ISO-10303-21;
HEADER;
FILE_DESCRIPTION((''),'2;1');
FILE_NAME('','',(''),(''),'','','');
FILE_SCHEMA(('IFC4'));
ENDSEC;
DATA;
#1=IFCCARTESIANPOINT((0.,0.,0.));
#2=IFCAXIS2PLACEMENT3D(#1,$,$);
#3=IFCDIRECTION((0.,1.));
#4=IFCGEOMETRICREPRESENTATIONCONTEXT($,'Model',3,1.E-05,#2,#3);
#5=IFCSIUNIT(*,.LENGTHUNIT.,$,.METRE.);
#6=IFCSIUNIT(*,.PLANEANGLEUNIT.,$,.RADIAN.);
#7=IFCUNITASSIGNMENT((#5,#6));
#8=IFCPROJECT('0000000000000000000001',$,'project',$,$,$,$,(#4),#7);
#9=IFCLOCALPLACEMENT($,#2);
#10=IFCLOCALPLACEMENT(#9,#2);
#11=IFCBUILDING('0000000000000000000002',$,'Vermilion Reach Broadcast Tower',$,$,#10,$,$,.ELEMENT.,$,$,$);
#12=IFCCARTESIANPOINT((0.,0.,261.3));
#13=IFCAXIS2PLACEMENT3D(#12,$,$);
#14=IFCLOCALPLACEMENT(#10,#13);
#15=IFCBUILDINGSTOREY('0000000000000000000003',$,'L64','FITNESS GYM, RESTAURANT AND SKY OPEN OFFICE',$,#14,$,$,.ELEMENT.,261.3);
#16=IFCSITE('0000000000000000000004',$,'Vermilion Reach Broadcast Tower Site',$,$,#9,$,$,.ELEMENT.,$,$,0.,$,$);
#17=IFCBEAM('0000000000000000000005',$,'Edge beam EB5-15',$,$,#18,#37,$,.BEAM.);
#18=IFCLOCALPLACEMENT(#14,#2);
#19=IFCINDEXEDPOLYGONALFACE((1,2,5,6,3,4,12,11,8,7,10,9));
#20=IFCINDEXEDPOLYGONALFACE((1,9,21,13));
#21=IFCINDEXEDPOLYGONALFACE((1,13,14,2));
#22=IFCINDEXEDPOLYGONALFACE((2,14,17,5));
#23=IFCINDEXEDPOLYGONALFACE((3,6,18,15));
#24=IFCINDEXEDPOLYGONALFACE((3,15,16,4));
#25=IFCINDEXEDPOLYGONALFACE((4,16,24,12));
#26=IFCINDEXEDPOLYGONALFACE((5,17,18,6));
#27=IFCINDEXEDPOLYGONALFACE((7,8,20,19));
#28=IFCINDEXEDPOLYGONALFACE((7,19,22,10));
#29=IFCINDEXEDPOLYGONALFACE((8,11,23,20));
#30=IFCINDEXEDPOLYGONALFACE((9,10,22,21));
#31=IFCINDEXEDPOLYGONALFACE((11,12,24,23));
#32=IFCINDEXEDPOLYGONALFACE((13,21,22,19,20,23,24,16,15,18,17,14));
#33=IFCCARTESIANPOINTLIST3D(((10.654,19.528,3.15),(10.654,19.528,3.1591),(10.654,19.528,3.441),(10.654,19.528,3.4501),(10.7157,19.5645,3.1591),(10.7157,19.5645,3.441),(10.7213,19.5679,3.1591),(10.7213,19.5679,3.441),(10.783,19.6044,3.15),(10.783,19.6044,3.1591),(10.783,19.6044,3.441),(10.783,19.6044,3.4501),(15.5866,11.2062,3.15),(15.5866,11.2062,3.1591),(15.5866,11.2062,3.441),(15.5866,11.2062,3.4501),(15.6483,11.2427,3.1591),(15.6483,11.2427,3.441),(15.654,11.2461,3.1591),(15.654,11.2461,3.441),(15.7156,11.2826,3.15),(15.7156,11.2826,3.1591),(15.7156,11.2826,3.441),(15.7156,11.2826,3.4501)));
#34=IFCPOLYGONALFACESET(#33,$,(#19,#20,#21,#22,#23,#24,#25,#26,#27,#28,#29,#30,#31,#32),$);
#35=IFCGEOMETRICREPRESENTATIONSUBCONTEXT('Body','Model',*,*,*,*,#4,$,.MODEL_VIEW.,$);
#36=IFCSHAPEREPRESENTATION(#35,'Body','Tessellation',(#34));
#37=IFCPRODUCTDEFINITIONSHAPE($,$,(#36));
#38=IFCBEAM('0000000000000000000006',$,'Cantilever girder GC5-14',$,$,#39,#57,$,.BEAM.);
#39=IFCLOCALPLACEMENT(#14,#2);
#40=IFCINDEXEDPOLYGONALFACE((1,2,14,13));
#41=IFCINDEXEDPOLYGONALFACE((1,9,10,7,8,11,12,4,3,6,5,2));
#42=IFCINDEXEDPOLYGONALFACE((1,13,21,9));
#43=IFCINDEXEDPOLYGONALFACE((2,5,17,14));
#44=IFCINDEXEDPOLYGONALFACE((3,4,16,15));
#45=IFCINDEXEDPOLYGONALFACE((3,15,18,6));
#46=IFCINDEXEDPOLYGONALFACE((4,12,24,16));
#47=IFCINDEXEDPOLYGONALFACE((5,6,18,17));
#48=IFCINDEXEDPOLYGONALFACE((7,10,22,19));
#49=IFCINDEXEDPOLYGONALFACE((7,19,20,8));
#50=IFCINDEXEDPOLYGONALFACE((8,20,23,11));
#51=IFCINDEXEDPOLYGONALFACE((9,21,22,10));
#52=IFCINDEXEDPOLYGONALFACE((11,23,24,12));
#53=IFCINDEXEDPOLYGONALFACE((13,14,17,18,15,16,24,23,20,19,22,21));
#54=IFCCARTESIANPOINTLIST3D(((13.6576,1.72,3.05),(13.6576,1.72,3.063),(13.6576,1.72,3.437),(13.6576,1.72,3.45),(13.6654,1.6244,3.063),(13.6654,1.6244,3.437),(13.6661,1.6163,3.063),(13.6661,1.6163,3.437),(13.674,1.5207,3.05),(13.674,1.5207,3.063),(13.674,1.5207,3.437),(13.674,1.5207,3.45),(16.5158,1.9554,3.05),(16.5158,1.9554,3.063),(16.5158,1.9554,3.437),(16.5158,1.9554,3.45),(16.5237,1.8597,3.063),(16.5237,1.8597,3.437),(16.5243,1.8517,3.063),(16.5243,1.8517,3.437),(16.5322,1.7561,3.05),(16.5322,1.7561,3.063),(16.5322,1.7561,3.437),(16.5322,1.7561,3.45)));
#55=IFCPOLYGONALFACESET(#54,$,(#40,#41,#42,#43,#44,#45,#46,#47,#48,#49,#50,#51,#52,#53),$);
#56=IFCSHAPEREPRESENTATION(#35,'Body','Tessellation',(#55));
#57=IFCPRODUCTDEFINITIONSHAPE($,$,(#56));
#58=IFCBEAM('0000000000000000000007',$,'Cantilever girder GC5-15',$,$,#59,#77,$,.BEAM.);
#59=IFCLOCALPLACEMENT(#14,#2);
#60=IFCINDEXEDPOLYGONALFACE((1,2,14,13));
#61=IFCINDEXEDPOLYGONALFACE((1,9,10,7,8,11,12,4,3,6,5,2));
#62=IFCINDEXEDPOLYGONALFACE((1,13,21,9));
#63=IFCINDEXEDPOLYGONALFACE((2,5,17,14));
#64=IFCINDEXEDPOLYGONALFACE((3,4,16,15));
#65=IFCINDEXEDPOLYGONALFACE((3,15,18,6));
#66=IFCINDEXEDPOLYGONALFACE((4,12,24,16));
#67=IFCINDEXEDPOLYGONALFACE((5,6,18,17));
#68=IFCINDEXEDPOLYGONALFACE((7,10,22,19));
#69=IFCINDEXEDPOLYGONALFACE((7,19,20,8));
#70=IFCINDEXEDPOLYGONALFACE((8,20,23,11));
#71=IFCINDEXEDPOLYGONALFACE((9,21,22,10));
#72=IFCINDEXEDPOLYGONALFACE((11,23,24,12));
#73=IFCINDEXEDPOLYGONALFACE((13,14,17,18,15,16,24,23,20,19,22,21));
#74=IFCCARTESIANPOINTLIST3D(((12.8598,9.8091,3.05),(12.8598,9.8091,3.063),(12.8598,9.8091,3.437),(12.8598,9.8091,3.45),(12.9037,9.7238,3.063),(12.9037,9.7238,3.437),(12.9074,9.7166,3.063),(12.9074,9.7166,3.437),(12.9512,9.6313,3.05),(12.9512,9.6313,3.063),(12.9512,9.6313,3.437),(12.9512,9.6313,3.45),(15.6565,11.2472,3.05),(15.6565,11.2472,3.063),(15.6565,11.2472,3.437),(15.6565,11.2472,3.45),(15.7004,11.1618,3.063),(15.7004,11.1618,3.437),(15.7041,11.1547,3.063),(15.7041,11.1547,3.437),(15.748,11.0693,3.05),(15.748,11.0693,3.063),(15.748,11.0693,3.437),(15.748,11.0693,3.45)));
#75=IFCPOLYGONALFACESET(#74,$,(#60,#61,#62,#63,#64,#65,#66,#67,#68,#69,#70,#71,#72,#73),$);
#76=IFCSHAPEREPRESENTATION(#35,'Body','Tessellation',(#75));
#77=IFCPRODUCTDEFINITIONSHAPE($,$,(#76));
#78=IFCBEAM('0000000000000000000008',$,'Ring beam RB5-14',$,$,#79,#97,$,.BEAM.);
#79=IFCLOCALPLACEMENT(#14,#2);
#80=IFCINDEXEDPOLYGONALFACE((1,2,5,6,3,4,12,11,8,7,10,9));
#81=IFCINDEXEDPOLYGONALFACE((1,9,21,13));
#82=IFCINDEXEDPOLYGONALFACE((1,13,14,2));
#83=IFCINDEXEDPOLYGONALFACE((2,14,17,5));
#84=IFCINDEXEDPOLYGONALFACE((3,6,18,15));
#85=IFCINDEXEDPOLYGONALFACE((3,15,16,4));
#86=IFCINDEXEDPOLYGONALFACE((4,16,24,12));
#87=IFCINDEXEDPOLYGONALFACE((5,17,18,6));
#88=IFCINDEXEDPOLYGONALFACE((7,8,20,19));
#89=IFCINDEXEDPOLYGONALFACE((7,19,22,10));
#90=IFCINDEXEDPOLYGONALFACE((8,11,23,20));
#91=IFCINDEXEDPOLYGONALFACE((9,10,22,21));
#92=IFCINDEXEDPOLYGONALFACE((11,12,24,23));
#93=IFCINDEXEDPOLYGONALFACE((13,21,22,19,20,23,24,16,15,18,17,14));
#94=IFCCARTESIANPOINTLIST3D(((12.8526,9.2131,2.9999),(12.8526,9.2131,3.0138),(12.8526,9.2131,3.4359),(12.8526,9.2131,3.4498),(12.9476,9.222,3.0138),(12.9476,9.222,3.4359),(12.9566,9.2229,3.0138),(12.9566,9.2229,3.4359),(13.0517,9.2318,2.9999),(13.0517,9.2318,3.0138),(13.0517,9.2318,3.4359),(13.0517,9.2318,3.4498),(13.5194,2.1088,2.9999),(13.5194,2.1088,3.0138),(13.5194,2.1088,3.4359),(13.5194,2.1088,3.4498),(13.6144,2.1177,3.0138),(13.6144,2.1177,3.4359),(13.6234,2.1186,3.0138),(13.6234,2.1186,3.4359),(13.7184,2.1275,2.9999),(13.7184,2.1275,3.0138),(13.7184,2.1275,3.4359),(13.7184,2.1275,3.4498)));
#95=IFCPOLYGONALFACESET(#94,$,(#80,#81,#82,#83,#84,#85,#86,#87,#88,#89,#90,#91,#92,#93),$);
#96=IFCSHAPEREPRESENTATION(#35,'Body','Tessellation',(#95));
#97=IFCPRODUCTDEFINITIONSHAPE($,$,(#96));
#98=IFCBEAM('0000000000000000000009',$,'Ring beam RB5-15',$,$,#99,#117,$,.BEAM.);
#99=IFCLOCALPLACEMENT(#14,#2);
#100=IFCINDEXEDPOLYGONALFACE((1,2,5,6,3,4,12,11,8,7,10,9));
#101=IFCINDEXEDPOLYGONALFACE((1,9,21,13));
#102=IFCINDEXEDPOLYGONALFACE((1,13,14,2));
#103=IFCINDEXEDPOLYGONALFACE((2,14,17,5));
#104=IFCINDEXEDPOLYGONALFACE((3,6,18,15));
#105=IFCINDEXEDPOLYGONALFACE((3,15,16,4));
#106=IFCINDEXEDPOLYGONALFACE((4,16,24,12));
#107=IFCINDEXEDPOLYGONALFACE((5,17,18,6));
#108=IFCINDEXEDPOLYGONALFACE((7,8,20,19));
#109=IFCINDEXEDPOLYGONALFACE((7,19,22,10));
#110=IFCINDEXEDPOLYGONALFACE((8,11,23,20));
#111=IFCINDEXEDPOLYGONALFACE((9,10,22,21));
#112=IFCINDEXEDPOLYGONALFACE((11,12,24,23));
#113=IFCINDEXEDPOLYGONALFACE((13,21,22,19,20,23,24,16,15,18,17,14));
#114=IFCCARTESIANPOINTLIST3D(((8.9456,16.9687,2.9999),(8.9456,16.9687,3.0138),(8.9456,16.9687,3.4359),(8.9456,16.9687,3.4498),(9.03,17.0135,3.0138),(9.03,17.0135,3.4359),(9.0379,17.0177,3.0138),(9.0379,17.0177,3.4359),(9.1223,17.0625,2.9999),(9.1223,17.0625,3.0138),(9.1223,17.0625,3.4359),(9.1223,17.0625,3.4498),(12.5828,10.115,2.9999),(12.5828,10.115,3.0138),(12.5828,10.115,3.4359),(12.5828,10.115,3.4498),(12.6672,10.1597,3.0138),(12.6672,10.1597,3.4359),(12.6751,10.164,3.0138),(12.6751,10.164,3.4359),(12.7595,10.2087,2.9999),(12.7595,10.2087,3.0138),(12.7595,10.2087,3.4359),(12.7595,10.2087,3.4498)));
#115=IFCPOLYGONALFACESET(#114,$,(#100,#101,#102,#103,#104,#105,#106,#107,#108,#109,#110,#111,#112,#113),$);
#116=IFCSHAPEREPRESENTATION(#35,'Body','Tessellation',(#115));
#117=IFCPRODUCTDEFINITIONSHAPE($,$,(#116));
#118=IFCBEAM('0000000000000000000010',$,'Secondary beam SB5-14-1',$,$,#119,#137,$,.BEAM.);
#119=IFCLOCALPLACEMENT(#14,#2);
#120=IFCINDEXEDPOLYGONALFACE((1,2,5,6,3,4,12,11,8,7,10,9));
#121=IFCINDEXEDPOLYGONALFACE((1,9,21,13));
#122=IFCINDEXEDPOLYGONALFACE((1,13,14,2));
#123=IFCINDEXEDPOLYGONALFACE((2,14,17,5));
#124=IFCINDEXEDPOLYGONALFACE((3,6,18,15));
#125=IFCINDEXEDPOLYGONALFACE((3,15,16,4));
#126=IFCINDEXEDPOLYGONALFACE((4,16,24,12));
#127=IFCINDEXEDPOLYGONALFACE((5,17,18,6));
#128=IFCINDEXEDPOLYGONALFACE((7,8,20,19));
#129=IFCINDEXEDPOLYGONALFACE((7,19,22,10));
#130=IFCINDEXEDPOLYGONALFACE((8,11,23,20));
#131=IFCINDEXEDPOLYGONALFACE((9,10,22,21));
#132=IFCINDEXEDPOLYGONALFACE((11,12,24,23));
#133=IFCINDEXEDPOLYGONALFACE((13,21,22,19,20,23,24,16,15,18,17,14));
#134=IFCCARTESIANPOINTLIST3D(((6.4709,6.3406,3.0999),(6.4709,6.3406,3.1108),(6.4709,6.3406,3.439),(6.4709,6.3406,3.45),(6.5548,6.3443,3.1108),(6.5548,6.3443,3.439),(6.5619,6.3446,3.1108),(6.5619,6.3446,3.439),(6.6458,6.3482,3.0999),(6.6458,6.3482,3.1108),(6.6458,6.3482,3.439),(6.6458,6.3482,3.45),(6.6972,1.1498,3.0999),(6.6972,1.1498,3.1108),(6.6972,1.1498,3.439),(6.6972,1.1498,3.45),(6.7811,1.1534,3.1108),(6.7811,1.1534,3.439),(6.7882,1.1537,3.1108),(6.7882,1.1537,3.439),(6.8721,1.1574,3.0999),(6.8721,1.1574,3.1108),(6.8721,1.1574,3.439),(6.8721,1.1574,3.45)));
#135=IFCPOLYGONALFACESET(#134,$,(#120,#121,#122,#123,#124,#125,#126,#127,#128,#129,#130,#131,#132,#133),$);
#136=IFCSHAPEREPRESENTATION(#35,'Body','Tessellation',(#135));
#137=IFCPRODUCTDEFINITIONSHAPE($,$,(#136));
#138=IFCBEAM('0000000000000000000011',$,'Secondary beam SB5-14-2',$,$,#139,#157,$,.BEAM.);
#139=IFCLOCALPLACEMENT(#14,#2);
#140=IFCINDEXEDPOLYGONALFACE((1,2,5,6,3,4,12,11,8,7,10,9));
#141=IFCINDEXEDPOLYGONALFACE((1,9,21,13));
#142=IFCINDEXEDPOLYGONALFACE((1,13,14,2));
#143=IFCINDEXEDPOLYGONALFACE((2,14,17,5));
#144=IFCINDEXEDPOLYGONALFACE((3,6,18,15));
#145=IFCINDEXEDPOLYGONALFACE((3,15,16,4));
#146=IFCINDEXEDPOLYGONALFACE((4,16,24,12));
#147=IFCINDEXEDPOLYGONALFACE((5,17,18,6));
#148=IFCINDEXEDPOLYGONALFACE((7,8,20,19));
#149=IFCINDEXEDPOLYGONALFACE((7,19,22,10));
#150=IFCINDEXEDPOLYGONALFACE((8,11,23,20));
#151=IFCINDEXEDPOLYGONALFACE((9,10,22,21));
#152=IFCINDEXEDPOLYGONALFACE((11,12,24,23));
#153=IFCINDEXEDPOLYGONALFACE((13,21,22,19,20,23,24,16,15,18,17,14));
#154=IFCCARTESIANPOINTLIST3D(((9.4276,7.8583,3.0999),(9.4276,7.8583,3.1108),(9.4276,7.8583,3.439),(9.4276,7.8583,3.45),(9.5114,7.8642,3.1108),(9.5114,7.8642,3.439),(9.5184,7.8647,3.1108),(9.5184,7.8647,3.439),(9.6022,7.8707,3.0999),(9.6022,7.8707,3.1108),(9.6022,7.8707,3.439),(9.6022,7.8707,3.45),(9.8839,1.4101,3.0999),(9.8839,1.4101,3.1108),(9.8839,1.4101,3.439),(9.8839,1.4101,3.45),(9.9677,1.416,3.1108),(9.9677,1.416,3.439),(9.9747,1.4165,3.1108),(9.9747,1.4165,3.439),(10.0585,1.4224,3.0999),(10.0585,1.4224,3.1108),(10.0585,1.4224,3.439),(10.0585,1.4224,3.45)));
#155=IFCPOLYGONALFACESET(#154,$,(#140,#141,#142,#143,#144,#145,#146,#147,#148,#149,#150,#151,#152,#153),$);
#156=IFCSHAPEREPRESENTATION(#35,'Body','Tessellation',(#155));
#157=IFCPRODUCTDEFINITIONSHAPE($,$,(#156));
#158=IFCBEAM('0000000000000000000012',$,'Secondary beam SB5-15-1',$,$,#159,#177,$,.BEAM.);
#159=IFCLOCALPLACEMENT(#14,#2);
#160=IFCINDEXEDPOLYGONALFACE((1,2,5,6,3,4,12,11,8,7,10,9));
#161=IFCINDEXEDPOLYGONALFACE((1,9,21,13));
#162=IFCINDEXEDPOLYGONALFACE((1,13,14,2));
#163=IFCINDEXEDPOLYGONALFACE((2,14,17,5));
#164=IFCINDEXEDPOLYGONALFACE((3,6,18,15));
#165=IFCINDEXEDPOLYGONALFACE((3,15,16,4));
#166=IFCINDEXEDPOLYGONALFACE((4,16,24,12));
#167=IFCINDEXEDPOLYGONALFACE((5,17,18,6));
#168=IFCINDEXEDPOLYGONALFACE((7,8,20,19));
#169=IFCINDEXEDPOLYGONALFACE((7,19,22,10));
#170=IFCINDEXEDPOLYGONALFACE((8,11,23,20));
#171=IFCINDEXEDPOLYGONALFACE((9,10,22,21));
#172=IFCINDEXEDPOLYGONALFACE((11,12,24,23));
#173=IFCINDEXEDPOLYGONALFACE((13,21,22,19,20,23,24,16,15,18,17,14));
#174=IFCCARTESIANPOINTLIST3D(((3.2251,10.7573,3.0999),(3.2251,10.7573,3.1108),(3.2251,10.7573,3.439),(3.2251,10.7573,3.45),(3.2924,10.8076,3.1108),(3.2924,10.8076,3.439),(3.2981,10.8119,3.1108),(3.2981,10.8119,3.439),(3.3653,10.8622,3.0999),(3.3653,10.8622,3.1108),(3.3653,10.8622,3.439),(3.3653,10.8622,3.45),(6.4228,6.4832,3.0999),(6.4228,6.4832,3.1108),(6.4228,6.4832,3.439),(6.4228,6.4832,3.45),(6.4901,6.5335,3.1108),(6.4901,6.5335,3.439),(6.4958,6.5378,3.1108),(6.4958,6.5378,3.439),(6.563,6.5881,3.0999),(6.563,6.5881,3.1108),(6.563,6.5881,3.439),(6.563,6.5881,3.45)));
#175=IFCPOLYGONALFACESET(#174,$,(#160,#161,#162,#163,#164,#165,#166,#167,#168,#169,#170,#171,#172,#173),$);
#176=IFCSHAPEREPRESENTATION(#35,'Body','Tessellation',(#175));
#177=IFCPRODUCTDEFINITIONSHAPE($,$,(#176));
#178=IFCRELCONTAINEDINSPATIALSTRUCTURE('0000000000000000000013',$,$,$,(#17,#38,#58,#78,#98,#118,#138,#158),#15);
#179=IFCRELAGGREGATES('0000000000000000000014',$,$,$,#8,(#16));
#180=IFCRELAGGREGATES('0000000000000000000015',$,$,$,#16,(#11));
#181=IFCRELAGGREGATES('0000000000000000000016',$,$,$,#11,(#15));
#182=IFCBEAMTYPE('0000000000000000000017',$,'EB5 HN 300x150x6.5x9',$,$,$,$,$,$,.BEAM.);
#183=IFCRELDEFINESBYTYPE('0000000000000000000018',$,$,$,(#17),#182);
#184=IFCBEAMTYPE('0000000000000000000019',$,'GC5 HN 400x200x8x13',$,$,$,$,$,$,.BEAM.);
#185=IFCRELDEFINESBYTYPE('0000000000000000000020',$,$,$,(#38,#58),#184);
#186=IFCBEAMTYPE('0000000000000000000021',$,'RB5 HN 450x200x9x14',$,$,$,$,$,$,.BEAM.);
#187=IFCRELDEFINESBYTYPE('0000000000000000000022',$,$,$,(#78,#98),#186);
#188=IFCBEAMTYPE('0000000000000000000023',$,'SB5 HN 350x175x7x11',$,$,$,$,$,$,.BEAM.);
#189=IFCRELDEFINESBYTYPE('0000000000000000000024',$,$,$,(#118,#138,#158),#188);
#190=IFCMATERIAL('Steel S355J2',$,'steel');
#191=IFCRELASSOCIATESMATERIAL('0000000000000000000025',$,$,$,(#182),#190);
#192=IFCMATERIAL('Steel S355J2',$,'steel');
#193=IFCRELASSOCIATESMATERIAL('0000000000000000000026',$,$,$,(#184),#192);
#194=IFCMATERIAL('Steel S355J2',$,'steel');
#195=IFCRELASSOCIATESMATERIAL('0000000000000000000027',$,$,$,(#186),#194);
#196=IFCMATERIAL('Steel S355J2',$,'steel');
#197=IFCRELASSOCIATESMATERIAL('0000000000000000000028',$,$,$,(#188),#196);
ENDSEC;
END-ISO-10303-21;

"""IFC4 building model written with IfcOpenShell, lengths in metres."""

from ifc_helpers import new_model, si_unit, direction, frame, origin, origin_2d, place, context, subcontext, project, spatial, i_section, extrude, material, material_profile, profile_set, type_object, element, save


model = new_model("IFC4")

# Units and contexts
model_context = context("Model", 3, precision=1e-05, world=origin(), true_north=direction((0.0, 1.0)))
body_context = subcontext(model_context, "Body", "Model", "MODEL_VIEW")
ifc_project = project(units=[si_unit("LENGTHUNIT", "METRE"), si_unit("PLANEANGLEUNIT", "RADIAN")], contexts=[model_context])

# Site, building, storey
site_placement = place(None, origin())
site = spatial("IfcSite", under=ifc_project, at=site_placement, Name="Vermilion Reach Broadcast Tower Site", CompositionType="ELEMENT", RefElevation=0.0)
building_placement = place(site_placement, origin())
building = spatial("IfcBuilding", under=site, at=building_placement, Name="Vermilion Reach Broadcast Tower", CompositionType="ELEMENT")
storey_placement = place(building_placement, frame((0.0, 0.0, 261.3)))
storey = spatial("IfcBuildingStorey", under=building, at=storey_placement, Name="L64", Description="FITNESS GYM, RESTAURANT AND SKY OPEN OFFICE", CompositionType="ELEMENT", Elevation=261.3)

# Beams
ifc_material_1 = material(Name="Steel S355J2", Category="steel")
ifc_material_profile_1 = material_profile(ifc_material_1, i_section(OverallWidth=0.1499, OverallDepth=0.3, WebThickness=0.0066, FlangeThickness=0.009, at=origin_2d()), Name="S355J2 HN 300x150x6.5x9")
ifc_profile_set_1 = profile_set([ifc_material_profile_1], Name="Steel S355J2")
beam_type_1 = type_object("IfcBeamType", Name="EB5 HN 300x150x6.5x9", PredefinedType="BEAM", material=ifc_profile_set_1)
beam_1_placement = place(storey_placement, frame((15.6511, 11.2444, 3.3), z_axis=(-0.509894, 0.860237, 0.0), x_axis=(-0.860237, -0.509894, 0.0)))
element("IfcBeam", 1, at=beam_1_placement, inside=storey, type_object=beam_type_1, Name="Edge beam EB5-15", PredefinedType="BEAM", context=body_context, shape_type="SweptSolid", body=[
    extrude(i_section(OverallWidth=0.1499, OverallDepth=0.3, WebThickness=0.0066, FlangeThickness=0.009, at=origin_2d()), origin(), (0.0, 0.0, 1.0), 9.6738),
])
ifc_material_2 = material(Name="Steel S355J2", Category="steel")
ifc_material_profile_2 = material_profile(ifc_material_2, i_section(OverallWidth=0.2, OverallDepth=0.3999, WebThickness=0.0081, FlangeThickness=0.0129, at=origin_2d()), Name="S355J2 HN 400x200x8x13")
ifc_profile_set_2 = profile_set([ifc_material_profile_2], Name="Steel S355J2")
beam_type_2 = type_object("IfcBeamType", Name="GC5 HN 400x200x8x13", PredefinedType="BEAM", material=ifc_profile_set_2)
beam_2_placement = place(storey_placement, frame((13.6658, 1.6204, 3.25), z_axis=(0.996627, 0.082066, 0.0), x_axis=(-0.082066, 0.996627, 0.0)))
element("IfcBeam", 2, at=beam_2_placement, inside=storey, type_object=beam_type_2, Name="Cantilever girder GC5-14", PredefinedType="BEAM", context=body_context, shape_type="SweptSolid", body=[
    extrude(i_section(OverallWidth=0.2, OverallDepth=0.3999, WebThickness=0.0081, FlangeThickness=0.0129, at=origin_2d()), origin(), (0.0, 0.0, 1.0), 2.8679),
])
beam_3_placement = place(storey_placement, frame((12.9055, 9.7202, 3.25), z_axis=(0.889324, 0.457278, 0.0), x_axis=(-0.457278, 0.889324, 0.0)))
element("IfcBeam", 3, at=beam_3_placement, inside=storey, type_object=beam_type_2, Name="Cantilever girder GC5-15", PredefinedType="BEAM", context=body_context, shape_type="SweptSolid", body=[
    extrude(i_section(OverallWidth=0.2, OverallDepth=0.3999, WebThickness=0.0081, FlangeThickness=0.0129, at=origin_2d()), origin(), (0.0, 0.0, 1.0), 3.1448),
])
ifc_material_3 = material(Name="Steel S355J2", Category="steel")
ifc_material_profile_3 = material_profile(ifc_material_3, i_section(OverallWidth=0.2, OverallDepth=0.45, WebThickness=0.009, FlangeThickness=0.0139, at=origin_2d()), Name="S355J2 HN 450x200x9x14")
ifc_profile_set_3 = profile_set([ifc_material_profile_3], Name="Steel S355J2")
beam_type_3 = type_object("IfcBeamType", Name="RB5 HN 450x200x9x14", PredefinedType="BEAM", material=ifc_profile_set_3)
beam_4_placement = place(storey_placement, frame((13.6189, 2.1182, 3.2249), z_axis=(-0.093441, 0.995625, 0.0), x_axis=(-0.995625, -0.093441, 0.0)))
element("IfcBeam", 4, at=beam_4_placement, inside=storey, type_object=beam_type_3, Name="Ring beam RB5-14", PredefinedType="BEAM", context=body_context, shape_type="SweptSolid", body=[
    extrude(i_section(OverallWidth=0.2, OverallDepth=0.45, WebThickness=0.009, FlangeThickness=0.0139, at=origin_2d()), origin(), (0.0, 0.0, 1.0), 7.1355),
])
beam_5_placement = place(storey_placement, frame((12.6711, 10.1619, 3.2249), z_axis=(-0.468768, 0.883321, 0.0), x_axis=(-0.883321, -0.468768, 0.0)))
element("IfcBeam", 5, at=beam_5_placement, inside=storey, type_object=beam_type_3, Name="Ring beam RB5-15", PredefinedType="BEAM", context=body_context, shape_type="SweptSolid", body=[
    extrude(i_section(OverallWidth=0.2, OverallDepth=0.45, WebThickness=0.009, FlangeThickness=0.0139, at=origin_2d()), origin(), (0.0, 0.0, 1.0), 7.759),
])
ifc_material_4 = material(Name="Steel S355J2", Category="steel")
ifc_material_profile_4 = material_profile(ifc_material_4, i_section(OverallWidth=0.175, OverallDepth=0.3501, WebThickness=0.0071, FlangeThickness=0.011, at=origin_2d()), Name="S355J2 HN 350x175x7x11")
ifc_profile_set_4 = profile_set([ifc_material_profile_4], Name="Steel S355J2")
beam_type_4 = type_object("IfcBeamType", Name="SB5 HN 350x175x7x11", PredefinedType="BEAM", material=ifc_profile_set_4)
beam_6_placement = place(storey_placement, frame((6.7847, 1.1536, 3.2749), z_axis=(-0.043558, 0.999051, 0.0), x_axis=(-0.999051, -0.043558, 0.0)))
element("IfcBeam", 6, at=beam_6_placement, inside=storey, type_object=beam_type_4, Name="Secondary beam SB5-14-1", PredefinedType="BEAM", context=body_context, shape_type="SweptSolid", body=[
    extrude(i_section(OverallWidth=0.175, OverallDepth=0.3501, WebThickness=0.0071, FlangeThickness=0.011, at=origin_2d()), origin(), (0.0, 0.0, 1.0), 5.1958),
])
beam_7_placement = place(storey_placement, frame((9.9712, 1.4163, 3.2749), z_axis=(-0.070587, 0.997506, 0.0), x_axis=(-0.997506, -0.070587, 0.0)))
element("IfcBeam", 7, at=beam_7_placement, inside=storey, type_object=beam_type_4, Name="Secondary beam SB5-14-2", PredefinedType="BEAM", context=body_context, shape_type="SweptSolid", body=[
    extrude(i_section(OverallWidth=0.175, OverallDepth=0.3501, WebThickness=0.0071, FlangeThickness=0.011, at=origin_2d()), origin(), (0.0, 0.0, 1.0), 6.4644),
])
beam_8_placement = place(storey_placement, frame((6.4929, 6.5356, 3.2749), z_axis=(-0.599056, 0.800707, 0.0), x_axis=(-0.800707, -0.599056, 0.0)))
element("IfcBeam", 8, at=beam_8_placement, inside=storey, type_object=beam_type_4, Name="Secondary beam SB5-15-1", PredefinedType="BEAM", context=body_context, shape_type="SweptSolid", body=[
    extrude(i_section(OverallWidth=0.175, OverallDepth=0.3501, WebThickness=0.0071, FlangeThickness=0.011, at=origin_2d()), origin(), (0.0, 0.0, 1.0), 5.3379),
])

save(model, "model.ifc")
